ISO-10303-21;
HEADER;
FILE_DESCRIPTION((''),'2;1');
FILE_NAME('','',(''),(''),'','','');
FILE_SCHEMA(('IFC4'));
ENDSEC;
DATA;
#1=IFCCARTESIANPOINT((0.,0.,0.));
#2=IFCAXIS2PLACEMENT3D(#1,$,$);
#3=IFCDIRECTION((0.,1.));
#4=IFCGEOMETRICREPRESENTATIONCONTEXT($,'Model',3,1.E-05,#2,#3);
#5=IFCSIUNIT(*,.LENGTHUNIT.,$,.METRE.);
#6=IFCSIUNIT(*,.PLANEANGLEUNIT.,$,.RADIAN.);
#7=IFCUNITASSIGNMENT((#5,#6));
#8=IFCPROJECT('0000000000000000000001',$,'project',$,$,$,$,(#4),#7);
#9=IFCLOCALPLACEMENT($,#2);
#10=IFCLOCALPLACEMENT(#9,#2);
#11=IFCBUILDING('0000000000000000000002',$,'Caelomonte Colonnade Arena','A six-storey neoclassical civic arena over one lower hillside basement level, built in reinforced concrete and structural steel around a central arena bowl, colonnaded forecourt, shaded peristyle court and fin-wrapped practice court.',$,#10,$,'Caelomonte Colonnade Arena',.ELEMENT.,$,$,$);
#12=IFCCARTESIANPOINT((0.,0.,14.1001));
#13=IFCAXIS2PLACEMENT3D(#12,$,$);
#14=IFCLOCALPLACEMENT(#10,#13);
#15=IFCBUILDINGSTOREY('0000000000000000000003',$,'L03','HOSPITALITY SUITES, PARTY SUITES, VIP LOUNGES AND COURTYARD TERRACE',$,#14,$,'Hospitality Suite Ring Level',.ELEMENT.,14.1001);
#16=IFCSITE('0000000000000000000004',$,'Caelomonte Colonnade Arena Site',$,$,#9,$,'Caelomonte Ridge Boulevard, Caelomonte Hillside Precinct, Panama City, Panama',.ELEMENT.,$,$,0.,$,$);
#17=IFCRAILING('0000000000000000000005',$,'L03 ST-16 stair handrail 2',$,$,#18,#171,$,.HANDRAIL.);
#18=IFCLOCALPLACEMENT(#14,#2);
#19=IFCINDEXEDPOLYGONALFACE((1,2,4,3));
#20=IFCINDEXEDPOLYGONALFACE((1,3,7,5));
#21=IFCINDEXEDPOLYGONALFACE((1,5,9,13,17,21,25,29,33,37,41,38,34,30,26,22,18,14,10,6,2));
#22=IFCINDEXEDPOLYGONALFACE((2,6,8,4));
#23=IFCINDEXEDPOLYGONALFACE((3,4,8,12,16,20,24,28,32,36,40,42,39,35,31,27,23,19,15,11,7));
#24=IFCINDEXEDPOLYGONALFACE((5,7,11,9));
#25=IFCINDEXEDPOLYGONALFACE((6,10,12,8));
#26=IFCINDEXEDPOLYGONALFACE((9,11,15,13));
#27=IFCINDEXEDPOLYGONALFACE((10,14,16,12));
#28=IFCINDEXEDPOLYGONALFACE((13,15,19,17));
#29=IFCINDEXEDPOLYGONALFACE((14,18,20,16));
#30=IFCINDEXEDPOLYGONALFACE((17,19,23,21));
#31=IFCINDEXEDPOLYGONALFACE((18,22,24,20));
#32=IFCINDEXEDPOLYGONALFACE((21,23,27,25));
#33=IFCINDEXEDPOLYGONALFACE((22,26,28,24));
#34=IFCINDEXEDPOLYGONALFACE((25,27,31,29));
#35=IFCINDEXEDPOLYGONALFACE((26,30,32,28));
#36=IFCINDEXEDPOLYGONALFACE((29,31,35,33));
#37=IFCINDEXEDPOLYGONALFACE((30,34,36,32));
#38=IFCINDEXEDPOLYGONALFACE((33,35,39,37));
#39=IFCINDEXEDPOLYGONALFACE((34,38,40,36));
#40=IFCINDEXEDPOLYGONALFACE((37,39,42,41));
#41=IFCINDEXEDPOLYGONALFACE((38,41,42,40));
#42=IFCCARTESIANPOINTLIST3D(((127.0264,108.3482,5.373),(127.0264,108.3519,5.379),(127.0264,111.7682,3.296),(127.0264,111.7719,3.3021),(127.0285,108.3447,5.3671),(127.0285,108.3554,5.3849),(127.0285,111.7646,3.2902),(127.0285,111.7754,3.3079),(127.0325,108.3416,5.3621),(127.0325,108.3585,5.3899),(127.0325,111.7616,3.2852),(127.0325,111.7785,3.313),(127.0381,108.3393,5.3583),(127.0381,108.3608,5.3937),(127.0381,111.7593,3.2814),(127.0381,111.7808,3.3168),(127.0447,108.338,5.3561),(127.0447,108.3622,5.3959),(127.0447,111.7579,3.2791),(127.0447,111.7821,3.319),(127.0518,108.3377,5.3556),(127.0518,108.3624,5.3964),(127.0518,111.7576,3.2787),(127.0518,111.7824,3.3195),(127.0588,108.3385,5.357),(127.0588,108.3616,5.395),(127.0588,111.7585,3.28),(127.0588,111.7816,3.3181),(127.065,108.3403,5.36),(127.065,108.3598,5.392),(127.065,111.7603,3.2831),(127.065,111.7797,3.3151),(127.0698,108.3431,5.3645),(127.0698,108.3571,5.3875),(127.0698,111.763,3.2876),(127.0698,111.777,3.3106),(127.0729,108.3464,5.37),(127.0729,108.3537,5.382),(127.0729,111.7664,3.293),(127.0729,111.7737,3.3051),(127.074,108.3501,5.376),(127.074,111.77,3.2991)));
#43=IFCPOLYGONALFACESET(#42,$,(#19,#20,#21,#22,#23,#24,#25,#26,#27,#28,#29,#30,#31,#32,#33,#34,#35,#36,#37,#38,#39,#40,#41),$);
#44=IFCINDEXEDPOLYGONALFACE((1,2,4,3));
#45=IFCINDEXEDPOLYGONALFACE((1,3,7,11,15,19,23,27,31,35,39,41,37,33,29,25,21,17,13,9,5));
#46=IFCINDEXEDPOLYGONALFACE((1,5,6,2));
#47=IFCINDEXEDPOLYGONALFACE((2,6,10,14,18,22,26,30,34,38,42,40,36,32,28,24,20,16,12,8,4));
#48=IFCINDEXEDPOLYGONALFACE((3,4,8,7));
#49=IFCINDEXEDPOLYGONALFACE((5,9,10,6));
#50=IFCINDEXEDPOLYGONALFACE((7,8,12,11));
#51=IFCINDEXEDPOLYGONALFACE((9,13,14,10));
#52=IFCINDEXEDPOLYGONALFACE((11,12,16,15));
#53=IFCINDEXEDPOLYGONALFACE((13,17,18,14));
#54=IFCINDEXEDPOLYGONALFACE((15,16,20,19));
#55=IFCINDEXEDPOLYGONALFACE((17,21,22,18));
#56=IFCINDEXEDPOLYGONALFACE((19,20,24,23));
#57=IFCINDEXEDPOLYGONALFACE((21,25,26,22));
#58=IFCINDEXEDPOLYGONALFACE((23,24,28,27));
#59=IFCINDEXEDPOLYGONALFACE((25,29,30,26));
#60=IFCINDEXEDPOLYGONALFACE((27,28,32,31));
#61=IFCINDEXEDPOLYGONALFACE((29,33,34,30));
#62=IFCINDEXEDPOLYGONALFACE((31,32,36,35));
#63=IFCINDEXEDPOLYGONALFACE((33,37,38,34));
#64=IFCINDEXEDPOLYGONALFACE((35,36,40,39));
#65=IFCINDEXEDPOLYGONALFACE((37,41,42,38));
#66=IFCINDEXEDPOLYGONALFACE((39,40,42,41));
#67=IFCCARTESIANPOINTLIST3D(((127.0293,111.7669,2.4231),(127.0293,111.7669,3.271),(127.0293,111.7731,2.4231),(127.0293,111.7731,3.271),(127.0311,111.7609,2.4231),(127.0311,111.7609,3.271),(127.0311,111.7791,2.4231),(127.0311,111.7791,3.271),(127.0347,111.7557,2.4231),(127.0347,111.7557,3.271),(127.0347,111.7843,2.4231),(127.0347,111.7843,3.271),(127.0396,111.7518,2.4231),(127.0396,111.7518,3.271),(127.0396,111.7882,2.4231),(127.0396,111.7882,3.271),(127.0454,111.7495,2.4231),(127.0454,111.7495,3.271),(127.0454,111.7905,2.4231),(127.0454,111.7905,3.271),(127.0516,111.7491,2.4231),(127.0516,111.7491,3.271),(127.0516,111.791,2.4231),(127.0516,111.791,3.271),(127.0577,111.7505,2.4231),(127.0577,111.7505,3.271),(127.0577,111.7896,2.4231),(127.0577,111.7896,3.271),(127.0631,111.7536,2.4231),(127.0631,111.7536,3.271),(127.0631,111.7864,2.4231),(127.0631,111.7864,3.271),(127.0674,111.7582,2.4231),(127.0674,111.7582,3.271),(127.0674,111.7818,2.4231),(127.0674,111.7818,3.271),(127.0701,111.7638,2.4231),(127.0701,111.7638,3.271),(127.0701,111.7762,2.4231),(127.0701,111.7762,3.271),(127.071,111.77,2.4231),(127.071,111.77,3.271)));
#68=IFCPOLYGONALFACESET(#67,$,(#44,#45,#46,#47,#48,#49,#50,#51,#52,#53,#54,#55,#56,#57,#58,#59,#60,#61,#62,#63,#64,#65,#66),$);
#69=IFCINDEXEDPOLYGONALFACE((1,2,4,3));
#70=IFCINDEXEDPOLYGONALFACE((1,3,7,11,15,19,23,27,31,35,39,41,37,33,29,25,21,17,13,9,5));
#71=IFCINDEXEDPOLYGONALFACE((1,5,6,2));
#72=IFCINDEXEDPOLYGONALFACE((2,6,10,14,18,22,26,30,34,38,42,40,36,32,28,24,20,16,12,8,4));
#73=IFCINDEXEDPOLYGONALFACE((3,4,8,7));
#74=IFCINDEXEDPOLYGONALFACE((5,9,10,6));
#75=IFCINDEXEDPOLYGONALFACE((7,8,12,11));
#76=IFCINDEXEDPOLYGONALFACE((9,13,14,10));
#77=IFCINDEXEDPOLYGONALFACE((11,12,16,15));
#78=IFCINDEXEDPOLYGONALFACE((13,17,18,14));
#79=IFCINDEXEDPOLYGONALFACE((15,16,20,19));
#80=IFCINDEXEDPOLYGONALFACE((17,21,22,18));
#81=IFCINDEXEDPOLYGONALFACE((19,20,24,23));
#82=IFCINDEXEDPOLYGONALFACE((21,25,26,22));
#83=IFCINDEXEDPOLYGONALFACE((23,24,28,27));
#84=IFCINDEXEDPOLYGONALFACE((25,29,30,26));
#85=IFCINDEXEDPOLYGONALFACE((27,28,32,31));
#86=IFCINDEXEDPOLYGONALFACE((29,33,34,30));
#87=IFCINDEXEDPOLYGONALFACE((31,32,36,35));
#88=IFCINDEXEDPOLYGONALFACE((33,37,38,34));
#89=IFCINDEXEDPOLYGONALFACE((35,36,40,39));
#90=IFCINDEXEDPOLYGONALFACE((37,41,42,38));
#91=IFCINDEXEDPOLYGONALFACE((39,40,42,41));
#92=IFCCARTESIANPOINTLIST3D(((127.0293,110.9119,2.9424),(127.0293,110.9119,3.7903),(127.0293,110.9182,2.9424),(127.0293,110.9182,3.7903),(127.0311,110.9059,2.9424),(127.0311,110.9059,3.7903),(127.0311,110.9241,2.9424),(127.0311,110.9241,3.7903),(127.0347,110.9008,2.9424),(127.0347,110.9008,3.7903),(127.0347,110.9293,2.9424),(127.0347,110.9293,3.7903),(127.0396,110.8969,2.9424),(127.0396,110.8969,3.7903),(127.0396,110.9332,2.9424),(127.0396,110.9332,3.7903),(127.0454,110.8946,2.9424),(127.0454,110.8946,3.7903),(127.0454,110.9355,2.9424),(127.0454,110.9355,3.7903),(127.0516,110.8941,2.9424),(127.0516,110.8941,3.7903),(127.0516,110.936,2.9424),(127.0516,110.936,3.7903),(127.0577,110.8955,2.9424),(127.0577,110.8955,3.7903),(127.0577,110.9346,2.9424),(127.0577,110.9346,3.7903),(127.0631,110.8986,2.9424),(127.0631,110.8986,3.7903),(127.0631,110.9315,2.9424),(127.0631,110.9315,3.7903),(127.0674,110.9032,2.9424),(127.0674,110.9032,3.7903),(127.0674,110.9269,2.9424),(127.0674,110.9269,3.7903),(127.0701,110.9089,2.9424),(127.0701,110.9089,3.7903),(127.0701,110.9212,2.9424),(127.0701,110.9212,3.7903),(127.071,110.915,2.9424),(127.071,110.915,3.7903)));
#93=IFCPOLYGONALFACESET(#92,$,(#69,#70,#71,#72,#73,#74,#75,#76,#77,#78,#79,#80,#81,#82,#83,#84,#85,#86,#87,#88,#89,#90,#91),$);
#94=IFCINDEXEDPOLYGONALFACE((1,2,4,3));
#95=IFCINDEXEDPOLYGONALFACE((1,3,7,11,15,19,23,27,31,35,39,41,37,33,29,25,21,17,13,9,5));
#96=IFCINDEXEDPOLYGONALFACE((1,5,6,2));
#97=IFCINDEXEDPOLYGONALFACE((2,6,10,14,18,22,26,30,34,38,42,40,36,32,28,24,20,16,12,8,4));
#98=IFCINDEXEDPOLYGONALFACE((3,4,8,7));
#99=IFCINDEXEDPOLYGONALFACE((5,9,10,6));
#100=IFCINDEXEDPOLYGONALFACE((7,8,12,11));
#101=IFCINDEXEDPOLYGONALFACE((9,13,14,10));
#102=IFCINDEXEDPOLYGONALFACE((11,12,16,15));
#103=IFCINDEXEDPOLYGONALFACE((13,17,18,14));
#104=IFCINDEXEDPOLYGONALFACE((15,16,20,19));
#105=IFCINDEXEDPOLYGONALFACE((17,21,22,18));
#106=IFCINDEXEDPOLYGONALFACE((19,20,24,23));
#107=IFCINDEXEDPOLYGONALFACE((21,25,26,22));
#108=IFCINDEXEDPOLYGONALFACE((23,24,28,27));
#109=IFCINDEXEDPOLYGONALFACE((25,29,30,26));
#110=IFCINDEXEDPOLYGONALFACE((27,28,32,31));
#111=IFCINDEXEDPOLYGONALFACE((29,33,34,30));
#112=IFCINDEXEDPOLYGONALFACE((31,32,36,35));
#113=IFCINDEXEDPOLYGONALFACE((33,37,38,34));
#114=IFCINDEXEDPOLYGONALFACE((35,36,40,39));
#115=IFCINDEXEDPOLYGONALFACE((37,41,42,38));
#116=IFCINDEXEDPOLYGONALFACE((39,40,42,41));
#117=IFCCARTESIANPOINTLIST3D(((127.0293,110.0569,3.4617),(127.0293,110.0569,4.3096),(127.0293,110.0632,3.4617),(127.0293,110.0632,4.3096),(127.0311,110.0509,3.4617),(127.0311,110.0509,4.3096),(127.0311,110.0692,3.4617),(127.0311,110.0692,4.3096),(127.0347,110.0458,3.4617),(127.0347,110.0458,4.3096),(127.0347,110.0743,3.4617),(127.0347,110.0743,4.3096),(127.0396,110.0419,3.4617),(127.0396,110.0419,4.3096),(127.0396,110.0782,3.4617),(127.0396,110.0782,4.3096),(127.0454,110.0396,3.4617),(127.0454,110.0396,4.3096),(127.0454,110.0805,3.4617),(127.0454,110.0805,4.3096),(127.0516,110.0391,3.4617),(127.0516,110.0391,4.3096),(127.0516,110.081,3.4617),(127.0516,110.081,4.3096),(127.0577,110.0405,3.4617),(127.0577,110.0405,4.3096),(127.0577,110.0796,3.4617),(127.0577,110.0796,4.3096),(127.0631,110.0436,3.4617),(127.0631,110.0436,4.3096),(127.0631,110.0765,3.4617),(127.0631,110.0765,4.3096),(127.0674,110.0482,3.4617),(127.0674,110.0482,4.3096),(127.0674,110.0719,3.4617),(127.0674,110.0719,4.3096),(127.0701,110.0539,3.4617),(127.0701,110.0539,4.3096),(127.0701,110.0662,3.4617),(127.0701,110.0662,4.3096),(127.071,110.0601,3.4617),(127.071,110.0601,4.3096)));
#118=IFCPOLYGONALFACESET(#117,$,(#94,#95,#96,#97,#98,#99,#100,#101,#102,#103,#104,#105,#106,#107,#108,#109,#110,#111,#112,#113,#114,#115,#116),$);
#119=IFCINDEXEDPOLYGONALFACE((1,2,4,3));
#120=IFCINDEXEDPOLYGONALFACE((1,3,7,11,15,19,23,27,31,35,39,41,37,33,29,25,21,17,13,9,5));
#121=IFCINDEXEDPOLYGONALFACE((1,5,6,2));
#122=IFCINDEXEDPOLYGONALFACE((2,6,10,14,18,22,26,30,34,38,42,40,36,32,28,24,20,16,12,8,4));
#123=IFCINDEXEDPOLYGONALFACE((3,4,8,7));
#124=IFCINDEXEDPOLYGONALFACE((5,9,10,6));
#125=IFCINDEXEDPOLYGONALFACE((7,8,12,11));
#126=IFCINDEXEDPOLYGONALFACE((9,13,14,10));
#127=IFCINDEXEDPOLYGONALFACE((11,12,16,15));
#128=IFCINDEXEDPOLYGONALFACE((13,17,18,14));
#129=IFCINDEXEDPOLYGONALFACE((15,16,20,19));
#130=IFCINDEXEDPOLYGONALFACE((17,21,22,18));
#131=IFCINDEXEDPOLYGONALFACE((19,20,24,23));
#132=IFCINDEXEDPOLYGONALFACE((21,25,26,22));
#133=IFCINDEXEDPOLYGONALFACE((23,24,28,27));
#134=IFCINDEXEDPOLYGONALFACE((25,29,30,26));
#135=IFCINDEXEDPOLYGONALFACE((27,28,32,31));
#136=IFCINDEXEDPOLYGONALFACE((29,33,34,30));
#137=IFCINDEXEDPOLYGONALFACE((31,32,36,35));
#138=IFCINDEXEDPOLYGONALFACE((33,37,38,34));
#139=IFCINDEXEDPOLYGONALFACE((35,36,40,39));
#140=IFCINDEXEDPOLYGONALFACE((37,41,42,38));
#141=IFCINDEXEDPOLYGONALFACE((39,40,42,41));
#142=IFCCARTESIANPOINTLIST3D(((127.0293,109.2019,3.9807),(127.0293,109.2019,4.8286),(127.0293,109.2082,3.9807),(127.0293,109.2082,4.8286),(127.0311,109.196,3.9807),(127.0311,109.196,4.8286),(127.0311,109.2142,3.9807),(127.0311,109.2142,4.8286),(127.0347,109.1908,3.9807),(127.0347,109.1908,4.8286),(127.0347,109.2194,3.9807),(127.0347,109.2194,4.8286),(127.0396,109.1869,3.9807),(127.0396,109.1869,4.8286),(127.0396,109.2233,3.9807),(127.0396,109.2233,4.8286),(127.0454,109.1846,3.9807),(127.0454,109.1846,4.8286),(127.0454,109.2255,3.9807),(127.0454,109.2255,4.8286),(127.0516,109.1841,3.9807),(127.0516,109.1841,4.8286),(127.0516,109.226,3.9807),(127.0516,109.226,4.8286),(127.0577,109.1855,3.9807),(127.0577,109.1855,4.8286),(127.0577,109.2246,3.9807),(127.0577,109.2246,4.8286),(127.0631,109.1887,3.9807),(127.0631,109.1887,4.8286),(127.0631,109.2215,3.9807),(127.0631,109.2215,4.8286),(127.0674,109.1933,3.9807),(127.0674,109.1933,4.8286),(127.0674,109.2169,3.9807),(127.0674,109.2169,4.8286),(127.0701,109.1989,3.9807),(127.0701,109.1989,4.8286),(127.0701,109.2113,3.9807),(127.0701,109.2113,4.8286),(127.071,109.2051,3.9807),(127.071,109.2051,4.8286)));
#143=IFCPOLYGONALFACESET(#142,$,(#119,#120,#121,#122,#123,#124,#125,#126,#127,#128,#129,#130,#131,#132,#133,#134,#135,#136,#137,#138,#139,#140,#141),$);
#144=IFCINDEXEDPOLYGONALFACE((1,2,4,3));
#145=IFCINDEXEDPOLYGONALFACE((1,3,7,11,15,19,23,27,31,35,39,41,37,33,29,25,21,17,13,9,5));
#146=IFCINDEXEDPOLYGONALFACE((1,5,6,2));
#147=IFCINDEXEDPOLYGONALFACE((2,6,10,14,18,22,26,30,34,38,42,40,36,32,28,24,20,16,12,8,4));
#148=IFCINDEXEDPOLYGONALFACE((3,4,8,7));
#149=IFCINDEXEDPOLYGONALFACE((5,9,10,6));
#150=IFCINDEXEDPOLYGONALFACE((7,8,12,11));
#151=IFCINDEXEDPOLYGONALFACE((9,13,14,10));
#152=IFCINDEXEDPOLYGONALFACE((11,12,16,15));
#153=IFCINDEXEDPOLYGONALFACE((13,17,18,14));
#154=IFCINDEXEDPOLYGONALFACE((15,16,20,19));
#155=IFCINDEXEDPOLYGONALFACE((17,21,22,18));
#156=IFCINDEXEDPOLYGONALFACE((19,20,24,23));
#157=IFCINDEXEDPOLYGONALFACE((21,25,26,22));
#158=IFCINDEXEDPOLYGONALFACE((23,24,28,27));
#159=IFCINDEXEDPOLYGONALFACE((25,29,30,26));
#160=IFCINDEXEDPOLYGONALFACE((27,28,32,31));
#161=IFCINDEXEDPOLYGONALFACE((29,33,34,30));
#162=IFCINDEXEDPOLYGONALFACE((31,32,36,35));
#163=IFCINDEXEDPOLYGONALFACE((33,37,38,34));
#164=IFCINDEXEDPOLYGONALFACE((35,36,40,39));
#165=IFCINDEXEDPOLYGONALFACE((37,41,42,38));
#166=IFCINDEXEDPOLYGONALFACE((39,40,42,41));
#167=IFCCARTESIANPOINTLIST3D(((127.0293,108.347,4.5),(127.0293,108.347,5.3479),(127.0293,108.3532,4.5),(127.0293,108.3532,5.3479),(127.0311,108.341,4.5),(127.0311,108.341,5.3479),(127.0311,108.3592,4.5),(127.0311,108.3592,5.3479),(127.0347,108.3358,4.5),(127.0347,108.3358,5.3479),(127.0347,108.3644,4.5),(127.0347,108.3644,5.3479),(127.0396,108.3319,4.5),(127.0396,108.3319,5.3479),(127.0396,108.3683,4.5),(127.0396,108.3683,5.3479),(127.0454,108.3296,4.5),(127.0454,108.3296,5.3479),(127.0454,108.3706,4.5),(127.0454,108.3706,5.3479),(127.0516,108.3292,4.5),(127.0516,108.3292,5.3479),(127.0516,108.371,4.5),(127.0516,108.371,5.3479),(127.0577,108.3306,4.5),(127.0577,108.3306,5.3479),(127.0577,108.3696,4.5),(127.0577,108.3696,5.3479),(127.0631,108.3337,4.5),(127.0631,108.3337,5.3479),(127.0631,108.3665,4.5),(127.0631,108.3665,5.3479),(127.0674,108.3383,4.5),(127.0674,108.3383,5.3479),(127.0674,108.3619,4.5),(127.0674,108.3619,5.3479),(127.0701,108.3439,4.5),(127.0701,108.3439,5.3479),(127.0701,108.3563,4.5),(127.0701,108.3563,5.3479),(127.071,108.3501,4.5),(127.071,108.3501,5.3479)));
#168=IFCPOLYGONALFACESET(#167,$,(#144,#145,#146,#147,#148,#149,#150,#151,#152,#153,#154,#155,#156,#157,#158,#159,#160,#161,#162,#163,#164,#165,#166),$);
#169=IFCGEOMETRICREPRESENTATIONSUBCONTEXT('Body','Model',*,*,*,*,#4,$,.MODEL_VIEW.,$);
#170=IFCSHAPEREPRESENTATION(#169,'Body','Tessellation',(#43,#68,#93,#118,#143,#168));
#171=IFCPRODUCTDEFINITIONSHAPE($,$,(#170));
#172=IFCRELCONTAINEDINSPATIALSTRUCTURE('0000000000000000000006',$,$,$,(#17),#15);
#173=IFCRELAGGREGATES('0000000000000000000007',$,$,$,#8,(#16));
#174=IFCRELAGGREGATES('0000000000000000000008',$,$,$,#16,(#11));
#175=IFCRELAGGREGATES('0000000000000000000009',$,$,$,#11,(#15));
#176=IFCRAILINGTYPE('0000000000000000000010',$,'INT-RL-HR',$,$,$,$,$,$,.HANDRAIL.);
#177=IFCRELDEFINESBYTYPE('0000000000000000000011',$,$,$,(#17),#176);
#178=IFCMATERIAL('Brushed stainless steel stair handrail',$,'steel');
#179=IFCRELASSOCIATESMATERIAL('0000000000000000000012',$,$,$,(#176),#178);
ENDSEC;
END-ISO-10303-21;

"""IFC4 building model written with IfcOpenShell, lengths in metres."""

from ifc_helpers import new_model, si_unit, direction, frame, origin, origin_2d, place, context, subcontext, project, spatial, circle, extrude, material, type_object, element, save


model = new_model("IFC4")

# Units and contexts
model_context = context("Model", 3, precision=1e-05, world=origin(), true_north=direction((0.0, 1.0)))
body_context = subcontext(model_context, "Body", "Model", "MODEL_VIEW")
ifc_project = project(units=[si_unit("LENGTHUNIT", "METRE"), si_unit("PLANEANGLEUNIT", "RADIAN")], contexts=[model_context])

# Site, building, storey
site_placement = place(None, origin())
site = spatial("IfcSite", under=ifc_project, at=site_placement, Name="Caelomonte Colonnade Arena Site", LongName="Caelomonte Ridge Boulevard, Caelomonte Hillside Precinct, Panama City, Panama", CompositionType="ELEMENT", RefElevation=0.0)
building_placement = place(site_placement, origin())
building = spatial("IfcBuilding", under=site, at=building_placement, Name="Caelomonte Colonnade Arena", Description="A six-storey neoclassical civic arena over one lower hillside basement level, built in reinforced concrete and structural steel around a central arena bowl, colonnaded forecourt, shaded peristyle court and fin-wrapped practice court.", LongName="Caelomonte Colonnade Arena", CompositionType="ELEMENT")
storey_placement = place(building_placement, frame((0.0, 0.0, 14.1001)))
storey = spatial("IfcBuildingStorey", under=building, at=storey_placement, Name="L03", Description="HOSPITALITY SUITES, PARTY SUITES, VIP LOUNGES AND COURTYARD TERRACE", LongName="Hospitality Suite Ring Level", CompositionType="ELEMENT", Elevation=14.1001)

# Railing
ifc_material_1 = material(Name="Brushed stainless steel stair handrail", Category="steel")
railing_type_1 = type_object("IfcRailingType", Name="INT-RL-HR", PredefinedType="HANDRAIL", material=ifc_material_1)
railing_1_placement = place(storey_placement, frame((127.05, 111.77, 2.4231)))
element("IfcRailing", 1, at=railing_1_placement, inside=storey, type_object=railing_type_1, Name="L03 ST-16 stair handrail 2", PredefinedType="HANDRAIL", context=body_context, shape_type="SweptSolid", body=[
    extrude(circle(Radius=0.0239, at=origin_2d()), frame((0.0, 0.0, 0.876), z_axis=(0.0, -0.85473, 0.519074), x_axis=(1.0, 0.0, 0.0)), (0.0, 0.0, 1.0), 4.0012),
    extrude(circle(Radius=0.021, at=origin_2d()), origin(), (0.0, 0.0, 1.0), 0.8479),
    extrude(circle(Radius=0.021, at=origin_2d()), frame((0.0, -0.855, 0.5193)), (0.0, 0.0, 1.0), 0.8479),
    extrude(circle(Radius=0.021, at=origin_2d()), frame((0.0, -1.71, 1.0386)), (0.0, 0.0, 1.0), 0.8479),
    extrude(circle(Radius=0.021, at=origin_2d()), frame((0.0, -2.5649, 1.5576)), (0.0, 0.0, 1.0), 0.8479),
    extrude(circle(Radius=0.021, at=origin_2d()), frame((0.0, -3.4199, 2.0769)), (0.0, 0.0, 1.0), 0.8479),
])

save(model, "model.ifc")
